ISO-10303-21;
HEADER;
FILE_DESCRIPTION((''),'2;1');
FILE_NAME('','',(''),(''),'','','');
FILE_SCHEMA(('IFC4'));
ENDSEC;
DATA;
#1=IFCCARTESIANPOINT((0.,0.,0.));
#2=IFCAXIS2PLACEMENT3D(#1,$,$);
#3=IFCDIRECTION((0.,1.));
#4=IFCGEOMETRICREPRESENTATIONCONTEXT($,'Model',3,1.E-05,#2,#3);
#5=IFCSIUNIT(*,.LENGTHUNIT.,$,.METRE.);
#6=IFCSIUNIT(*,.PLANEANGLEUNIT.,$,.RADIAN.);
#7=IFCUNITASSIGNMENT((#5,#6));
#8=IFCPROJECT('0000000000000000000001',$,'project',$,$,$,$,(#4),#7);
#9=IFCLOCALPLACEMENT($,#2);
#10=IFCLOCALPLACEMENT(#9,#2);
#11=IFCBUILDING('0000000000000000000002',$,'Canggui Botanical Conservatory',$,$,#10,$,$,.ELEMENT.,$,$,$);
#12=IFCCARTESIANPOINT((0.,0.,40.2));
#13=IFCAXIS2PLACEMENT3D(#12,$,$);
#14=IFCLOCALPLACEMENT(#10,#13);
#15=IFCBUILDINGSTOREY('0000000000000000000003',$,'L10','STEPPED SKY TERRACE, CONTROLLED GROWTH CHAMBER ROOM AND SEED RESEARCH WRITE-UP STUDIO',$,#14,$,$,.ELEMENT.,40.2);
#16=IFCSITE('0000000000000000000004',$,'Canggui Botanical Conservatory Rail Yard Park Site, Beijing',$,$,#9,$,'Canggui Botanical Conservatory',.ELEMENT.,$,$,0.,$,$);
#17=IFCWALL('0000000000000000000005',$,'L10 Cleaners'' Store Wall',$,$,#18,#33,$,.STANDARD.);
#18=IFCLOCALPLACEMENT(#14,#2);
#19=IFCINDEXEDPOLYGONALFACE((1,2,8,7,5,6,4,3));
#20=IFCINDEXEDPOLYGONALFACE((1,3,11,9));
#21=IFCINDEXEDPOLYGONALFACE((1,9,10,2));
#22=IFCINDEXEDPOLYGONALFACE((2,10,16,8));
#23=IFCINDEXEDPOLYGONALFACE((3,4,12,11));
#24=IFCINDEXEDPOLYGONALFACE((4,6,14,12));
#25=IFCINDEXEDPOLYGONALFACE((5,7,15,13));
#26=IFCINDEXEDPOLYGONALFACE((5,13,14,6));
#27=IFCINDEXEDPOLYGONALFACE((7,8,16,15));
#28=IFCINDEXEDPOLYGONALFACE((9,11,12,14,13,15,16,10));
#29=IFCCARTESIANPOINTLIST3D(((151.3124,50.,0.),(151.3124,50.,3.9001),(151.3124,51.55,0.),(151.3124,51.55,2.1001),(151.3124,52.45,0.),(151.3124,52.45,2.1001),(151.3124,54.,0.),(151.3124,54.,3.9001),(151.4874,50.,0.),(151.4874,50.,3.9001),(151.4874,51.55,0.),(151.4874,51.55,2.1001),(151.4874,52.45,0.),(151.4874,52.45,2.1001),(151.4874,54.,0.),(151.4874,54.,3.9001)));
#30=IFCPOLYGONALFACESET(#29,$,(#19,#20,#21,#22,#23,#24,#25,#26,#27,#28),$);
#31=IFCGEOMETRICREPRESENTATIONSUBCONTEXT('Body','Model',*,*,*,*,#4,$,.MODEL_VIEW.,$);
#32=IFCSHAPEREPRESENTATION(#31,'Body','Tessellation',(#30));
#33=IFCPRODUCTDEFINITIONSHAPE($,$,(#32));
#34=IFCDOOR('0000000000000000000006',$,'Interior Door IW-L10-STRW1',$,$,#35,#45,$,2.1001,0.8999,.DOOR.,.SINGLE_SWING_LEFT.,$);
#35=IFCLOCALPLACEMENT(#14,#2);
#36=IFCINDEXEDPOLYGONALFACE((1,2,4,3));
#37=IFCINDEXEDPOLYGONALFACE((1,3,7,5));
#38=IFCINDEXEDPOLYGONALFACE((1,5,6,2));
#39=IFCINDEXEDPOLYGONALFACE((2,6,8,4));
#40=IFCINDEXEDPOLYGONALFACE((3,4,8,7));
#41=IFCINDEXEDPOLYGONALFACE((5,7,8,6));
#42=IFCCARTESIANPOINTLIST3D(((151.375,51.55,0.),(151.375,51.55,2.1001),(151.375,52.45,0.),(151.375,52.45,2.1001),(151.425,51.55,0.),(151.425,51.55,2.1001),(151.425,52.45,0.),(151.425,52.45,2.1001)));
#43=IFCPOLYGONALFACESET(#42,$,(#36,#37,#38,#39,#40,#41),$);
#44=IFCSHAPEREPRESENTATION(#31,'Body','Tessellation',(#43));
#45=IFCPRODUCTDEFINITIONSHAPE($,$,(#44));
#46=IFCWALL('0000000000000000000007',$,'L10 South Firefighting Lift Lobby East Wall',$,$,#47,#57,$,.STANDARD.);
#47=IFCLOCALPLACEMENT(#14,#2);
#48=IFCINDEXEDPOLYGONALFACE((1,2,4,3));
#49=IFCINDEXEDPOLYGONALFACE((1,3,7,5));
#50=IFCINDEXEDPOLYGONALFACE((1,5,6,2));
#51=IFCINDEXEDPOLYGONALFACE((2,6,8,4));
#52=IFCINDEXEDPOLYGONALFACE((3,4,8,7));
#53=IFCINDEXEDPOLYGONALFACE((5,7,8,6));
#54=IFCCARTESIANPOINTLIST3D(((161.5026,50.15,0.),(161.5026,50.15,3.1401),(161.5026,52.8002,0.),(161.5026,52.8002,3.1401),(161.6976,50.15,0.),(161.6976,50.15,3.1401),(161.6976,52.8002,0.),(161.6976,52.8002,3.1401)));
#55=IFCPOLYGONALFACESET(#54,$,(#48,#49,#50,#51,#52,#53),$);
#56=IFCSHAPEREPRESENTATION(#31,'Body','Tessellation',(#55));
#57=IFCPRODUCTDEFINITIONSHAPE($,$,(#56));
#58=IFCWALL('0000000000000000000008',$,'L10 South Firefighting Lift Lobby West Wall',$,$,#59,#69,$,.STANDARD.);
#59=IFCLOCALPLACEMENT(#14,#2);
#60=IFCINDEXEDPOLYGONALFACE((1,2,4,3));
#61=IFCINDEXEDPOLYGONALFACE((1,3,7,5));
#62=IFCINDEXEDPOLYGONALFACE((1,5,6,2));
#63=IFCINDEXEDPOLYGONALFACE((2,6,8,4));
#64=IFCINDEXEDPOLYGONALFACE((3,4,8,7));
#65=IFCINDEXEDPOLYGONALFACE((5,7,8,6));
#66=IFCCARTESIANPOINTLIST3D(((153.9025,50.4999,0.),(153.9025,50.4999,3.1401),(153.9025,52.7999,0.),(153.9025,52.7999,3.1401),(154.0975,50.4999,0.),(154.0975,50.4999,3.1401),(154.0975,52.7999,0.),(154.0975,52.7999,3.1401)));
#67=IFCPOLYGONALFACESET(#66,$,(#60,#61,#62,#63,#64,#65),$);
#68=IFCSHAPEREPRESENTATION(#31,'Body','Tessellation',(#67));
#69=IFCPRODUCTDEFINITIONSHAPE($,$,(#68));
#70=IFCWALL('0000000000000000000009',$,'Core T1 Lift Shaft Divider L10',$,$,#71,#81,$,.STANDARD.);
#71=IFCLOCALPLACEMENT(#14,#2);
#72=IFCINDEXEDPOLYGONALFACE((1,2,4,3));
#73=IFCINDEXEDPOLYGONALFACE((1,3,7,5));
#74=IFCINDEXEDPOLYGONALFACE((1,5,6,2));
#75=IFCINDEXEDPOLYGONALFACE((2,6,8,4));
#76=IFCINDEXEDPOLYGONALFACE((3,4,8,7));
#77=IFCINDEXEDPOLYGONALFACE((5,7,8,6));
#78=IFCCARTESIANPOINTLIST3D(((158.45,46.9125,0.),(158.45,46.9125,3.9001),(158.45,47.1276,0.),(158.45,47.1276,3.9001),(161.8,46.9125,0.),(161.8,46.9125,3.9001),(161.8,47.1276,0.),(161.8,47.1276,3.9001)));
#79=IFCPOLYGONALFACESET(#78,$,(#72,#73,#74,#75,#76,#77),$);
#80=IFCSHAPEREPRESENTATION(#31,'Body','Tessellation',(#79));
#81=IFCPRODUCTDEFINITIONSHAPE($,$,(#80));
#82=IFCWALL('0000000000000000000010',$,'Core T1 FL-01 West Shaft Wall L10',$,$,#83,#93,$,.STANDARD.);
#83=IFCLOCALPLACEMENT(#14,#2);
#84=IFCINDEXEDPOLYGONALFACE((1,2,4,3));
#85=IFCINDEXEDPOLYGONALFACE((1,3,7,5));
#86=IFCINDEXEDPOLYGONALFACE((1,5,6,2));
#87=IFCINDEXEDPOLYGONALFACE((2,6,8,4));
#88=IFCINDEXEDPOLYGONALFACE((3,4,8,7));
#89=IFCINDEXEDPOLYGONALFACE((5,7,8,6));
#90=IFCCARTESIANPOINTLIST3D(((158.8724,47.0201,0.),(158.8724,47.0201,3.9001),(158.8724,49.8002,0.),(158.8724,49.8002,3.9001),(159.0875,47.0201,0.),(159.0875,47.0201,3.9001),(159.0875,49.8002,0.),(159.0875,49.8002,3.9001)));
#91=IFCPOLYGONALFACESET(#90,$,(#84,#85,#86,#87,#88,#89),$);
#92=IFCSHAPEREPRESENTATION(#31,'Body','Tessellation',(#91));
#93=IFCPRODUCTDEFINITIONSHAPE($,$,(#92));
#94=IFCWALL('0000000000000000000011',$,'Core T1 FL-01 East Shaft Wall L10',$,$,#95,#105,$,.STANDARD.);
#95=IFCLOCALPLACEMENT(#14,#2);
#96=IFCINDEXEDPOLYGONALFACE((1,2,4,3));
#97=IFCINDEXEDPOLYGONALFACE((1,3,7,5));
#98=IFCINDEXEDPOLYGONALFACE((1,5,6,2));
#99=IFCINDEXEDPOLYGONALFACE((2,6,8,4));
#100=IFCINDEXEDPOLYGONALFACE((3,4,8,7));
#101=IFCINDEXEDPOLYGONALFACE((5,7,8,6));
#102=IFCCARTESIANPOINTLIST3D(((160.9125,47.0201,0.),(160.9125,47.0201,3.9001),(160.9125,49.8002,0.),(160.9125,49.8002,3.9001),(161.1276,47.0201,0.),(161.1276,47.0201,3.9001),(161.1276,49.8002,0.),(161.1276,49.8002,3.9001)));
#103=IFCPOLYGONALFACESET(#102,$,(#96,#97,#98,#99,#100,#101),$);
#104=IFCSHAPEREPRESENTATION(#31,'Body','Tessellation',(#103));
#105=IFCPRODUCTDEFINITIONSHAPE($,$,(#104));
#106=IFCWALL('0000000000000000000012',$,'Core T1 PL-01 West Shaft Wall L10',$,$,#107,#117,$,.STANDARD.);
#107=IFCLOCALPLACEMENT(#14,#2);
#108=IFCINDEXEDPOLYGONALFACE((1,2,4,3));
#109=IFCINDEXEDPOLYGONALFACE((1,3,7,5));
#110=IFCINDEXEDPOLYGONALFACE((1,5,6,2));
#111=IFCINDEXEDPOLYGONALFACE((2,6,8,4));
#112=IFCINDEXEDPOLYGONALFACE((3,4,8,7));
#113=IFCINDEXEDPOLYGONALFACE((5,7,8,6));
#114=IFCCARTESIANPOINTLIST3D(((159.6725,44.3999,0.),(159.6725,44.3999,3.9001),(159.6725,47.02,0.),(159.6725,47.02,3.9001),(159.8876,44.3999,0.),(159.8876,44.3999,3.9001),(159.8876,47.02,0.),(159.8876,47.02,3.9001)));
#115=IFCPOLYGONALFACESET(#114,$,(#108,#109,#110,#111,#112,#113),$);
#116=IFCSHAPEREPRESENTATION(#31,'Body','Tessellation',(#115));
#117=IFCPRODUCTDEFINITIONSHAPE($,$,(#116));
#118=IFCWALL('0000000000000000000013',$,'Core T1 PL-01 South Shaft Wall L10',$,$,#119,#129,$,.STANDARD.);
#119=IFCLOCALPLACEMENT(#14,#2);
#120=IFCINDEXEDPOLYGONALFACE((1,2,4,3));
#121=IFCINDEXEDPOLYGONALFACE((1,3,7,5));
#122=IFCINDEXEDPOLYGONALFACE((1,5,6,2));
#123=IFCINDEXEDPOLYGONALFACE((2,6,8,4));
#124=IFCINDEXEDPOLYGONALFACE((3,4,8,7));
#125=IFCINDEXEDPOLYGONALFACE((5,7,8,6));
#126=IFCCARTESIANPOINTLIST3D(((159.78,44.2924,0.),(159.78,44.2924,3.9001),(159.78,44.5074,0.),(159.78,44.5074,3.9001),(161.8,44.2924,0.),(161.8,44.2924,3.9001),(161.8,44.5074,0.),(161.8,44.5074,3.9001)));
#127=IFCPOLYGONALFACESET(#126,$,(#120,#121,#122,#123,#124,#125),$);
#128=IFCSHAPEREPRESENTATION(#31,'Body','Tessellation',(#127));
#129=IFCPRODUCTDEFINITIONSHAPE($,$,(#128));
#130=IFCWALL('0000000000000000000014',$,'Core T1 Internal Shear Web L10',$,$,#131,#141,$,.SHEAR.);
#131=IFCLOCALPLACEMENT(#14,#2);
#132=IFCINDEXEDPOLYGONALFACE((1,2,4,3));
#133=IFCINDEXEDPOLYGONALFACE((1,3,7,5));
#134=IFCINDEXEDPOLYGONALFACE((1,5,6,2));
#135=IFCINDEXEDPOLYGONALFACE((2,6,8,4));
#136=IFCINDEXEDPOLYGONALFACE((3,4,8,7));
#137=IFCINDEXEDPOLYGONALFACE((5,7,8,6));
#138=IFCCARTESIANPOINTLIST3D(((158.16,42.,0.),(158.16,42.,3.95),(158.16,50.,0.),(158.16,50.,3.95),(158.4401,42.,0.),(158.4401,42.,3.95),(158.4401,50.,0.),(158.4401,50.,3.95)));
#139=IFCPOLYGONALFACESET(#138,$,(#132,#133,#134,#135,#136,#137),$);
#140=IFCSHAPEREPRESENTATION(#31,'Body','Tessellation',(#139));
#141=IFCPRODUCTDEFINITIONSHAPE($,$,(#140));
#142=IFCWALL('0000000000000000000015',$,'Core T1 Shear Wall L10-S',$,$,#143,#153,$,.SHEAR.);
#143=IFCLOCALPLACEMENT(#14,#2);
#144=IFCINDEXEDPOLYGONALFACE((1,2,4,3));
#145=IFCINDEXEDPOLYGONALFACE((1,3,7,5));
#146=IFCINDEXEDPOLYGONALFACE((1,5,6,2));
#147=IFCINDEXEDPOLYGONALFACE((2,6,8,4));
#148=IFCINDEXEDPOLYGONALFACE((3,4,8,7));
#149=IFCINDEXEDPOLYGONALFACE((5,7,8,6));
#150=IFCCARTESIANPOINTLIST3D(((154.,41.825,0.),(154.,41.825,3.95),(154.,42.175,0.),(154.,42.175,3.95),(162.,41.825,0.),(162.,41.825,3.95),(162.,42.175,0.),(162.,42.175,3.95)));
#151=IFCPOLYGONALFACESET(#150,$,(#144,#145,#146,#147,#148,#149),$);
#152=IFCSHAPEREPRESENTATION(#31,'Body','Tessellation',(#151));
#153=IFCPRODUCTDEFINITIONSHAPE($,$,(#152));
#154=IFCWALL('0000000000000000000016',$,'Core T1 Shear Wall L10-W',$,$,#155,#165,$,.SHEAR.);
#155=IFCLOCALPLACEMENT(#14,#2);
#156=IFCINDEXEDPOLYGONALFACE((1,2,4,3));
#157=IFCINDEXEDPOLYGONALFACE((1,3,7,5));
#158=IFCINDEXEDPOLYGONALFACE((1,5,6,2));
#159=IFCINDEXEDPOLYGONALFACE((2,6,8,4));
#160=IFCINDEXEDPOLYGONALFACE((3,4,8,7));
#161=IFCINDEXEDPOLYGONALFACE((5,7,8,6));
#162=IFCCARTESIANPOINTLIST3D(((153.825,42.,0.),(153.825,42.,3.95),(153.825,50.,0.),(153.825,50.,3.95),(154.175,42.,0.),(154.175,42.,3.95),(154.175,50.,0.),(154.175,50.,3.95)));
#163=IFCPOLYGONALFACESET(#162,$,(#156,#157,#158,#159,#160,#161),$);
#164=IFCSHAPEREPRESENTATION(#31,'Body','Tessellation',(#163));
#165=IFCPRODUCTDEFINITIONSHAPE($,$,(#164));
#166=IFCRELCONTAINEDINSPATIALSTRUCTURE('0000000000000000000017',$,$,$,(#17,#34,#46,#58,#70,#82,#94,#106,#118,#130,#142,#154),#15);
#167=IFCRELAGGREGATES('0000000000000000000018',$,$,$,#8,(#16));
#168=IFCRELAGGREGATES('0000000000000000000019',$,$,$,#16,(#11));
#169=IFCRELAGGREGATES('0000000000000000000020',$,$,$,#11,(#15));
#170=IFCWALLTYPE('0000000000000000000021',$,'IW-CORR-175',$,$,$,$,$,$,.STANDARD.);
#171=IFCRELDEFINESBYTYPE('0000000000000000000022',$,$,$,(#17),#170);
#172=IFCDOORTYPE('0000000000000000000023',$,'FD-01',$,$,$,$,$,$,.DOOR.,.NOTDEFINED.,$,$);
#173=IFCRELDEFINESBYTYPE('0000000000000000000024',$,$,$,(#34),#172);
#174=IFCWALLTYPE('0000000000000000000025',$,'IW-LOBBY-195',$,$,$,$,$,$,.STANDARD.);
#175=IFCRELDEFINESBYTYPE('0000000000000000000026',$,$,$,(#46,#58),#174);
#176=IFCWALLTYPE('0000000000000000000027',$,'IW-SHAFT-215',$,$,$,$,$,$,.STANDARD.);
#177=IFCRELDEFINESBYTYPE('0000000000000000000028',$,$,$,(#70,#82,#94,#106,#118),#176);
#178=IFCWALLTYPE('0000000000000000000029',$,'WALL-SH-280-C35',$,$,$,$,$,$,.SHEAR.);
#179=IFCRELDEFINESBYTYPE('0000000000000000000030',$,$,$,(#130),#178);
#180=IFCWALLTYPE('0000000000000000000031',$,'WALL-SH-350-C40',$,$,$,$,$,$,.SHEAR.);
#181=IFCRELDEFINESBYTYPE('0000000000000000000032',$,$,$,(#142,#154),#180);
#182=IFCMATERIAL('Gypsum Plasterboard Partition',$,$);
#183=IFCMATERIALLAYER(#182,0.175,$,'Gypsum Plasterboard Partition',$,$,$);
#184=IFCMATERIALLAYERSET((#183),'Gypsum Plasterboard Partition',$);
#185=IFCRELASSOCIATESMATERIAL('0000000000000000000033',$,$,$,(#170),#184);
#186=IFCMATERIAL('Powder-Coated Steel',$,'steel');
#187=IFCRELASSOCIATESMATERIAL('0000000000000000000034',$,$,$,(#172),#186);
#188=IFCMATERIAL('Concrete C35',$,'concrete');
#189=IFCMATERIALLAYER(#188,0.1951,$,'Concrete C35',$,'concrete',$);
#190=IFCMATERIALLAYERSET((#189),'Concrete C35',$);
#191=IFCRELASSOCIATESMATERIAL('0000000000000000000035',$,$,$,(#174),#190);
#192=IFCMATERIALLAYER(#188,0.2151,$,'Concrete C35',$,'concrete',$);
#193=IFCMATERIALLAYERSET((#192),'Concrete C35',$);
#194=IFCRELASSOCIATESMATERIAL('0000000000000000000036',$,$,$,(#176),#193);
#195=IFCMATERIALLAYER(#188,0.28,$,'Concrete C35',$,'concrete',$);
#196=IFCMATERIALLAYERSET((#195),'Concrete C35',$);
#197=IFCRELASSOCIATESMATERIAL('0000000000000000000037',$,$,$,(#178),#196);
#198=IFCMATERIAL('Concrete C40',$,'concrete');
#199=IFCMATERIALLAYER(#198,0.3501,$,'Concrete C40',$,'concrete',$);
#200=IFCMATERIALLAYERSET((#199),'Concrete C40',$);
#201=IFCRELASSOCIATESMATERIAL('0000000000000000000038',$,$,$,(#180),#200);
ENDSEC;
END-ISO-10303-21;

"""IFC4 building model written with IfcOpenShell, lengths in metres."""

from ifc_helpers import new_model, si_unit, direction, frame, frame_2d, origin, place, context, subcontext, project, spatial, rectangle, extrude, material, layer, layer_set, type_object, element, fill, save


model = new_model("IFC4")

# Units and contexts
model_context = context("Model", 3, precision=1e-05, world=origin(), true_north=direction((0.0, 1.0)))
body_context = subcontext(model_context, "Body", "Model", "MODEL_VIEW")
ifc_project = project(units=[si_unit("LENGTHUNIT", "METRE"), si_unit("PLANEANGLEUNIT", "RADIAN")], contexts=[model_context])

# Site, building, storey
site_placement = place(None, origin())
site = spatial("IfcSite", under=ifc_project, at=site_placement, Name="Canggui Botanical Conservatory Rail Yard Park Site, Beijing", LongName="Canggui Botanical Conservatory", CompositionType="ELEMENT", RefElevation=0.0)
building_placement = place(site_placement, origin())
building = spatial("IfcBuilding", under=site, at=building_placement, Name="Canggui Botanical Conservatory", CompositionType="ELEMENT")
storey_placement = place(building_placement, frame((0.0, 0.0, 40.2)))
storey = spatial("IfcBuildingStorey", under=building, at=storey_placement, Name="L10", Description="STEPPED SKY TERRACE, CONTROLLED GROWTH CHAMBER ROOM AND SEED RESEARCH WRITE-UP STUDIO", CompositionType="ELEMENT", Elevation=40.2)

# Shared definitions
ifc_material_1 = material(Name="Concrete C40", Category="concrete")

# Shared definitions
ifc_material_2 = material(Name="Concrete C35", Category="concrete")

# Wall, opening, door
ifc_material_3 = material(Name="Gypsum Plasterboard Partition")
ifc_layer_1 = layer(ifc_material_3, 0.175, Name="Gypsum Plasterboard Partition")
ifc_layer_set_1 = layer_set([ifc_layer_1], Name="Gypsum Plasterboard Partition")
wall_type_1 = type_object("IfcWallType", Name="IW-CORR-175", PredefinedType="STANDARD", material=ifc_layer_set_1)
ifc_material_4 = material(Name="Powder-Coated Steel", Category="steel")
wall_1_placement = place(storey_placement, frame((151.3999, 50.0, 0.0), z_axis=(0.0, 0.0, 1.0), x_axis=(0.0, 1.0, 0.0)))
wall_1 = element("IfcWall", 1, at=wall_1_placement, inside=storey, type_object=wall_type_1, Name="L10 Cleaners' Store Wall", PredefinedType="STANDARD", context=body_context, shape_type="SweptSolid", body=[
    extrude(rectangle(XDim=4.0, YDim=0.175, at=frame_2d((2.0, 0.0))), origin(), (0.0, 0.0, 1.0), 3.9001),
])
opening_1_placement = place(wall_1_placement, frame((1.55, 0.0, 0.0)))
opening_1 = element("IfcOpeningElement", 2, at=opening_1_placement, cuts=wall_1, PredefinedType="OPENING", context=body_context, shape_type="SweptSolid", body=[
    extrude(rectangle(XDim=0.8999, YDim=2.1001, at=frame_2d((0.45, 1.05))), frame((0.0, 0.0977, 0.0), z_axis=(0.0, -1.0, 0.0), x_axis=(1.0, 0.0, 0.0)), (0.0, 0.0, 1.0), 0.1951),
])
door_type_1 = type_object("IfcDoorType", Name="FD-01", OperationType="NOTDEFINED", PredefinedType="DOOR", material=ifc_material_4)
door_1_placement = place(opening_1_placement, origin())
door_1 = element("IfcDoor", 3, at=door_1_placement, inside=storey, type_object=door_type_1, Name="Interior Door IW-L10-STRW1", OperationType="SINGLE_SWING_LEFT", OverallHeight=2.1001, OverallWidth=0.8999, PredefinedType="DOOR", context=body_context, shape_type="SweptSolid", body=[
    extrude(rectangle(XDim=0.8999, YDim=2.1001, at=frame_2d((0.45, 1.05))), frame((0.0, 0.0249, 0.0), z_axis=(0.0, -1.0, 0.0), x_axis=(1.0, 0.0, 0.0)), (0.0, 0.0, 1.0), 0.05),
])
fill(opening_1, door_1)

# Walls
ifc_layer_2 = layer(ifc_material_2, 0.1951, Name="Concrete C35", Category="concrete")
ifc_layer_set_2 = layer_set([ifc_layer_2], Name="Concrete C35")
wall_type_2 = type_object("IfcWallType", Name="IW-LOBBY-195", PredefinedType="STANDARD", material=ifc_layer_set_2)
wall_2_placement = place(storey_placement, frame((161.6001, 50.1499, 0.0), z_axis=(0.0, 0.0, 1.0), x_axis=(0.0, 1.0, 0.0)))
element("IfcWall", 4, at=wall_2_placement, inside=storey, type_object=wall_type_2, Name="L10 South Firefighting Lift Lobby East Wall", PredefinedType="STANDARD", context=body_context, shape_type="SweptSolid", body=[
    extrude(rectangle(XDim=2.6501, YDim=0.1951, at=frame_2d((1.3252, 0.0))), origin(), (0.0, 0.0, 1.0), 3.1401),
])
wall_3_placement = place(storey_placement, frame((154.0, 50.5, 0.0), z_axis=(0.0, 0.0, 1.0), x_axis=(0.0, 1.0, 0.0)))
element("IfcWall", 5, at=wall_3_placement, inside=storey, type_object=wall_type_2, Name="L10 South Firefighting Lift Lobby West Wall", PredefinedType="STANDARD", context=body_context, shape_type="SweptSolid", body=[
    extrude(rectangle(XDim=2.3, YDim=0.1951, at=frame_2d((1.1499, 0.0))), origin(), (0.0, 0.0, 1.0), 3.1401),
])
ifc_layer_3 = layer(ifc_material_2, 0.2151, Name="Concrete C35", Category="concrete")
ifc_layer_set_3 = layer_set([ifc_layer_3], Name="Concrete C35")
wall_type_3 = type_object("IfcWallType", Name="IW-SHAFT-215", PredefinedType="STANDARD", material=ifc_layer_set_3)
wall_4_placement = place(storey_placement, frame((158.45, 47.02, 0.0), z_axis=(0.0, 0.0, 1.0), x_axis=(1.0, 0.0, 0.0)))
element("IfcWall", 6, at=wall_4_placement, inside=storey, type_object=wall_type_3, Name="Core T1 Lift Shaft Divider L10", PredefinedType="STANDARD", context=body_context, shape_type="SweptSolid", body=[
    extrude(rectangle(XDim=3.3501, YDim=0.2151, at=frame_2d((1.675, 0.0))), origin(), (0.0, 0.0, 1.0), 3.9001),
])
for number, where, z_axis, x_axis, name in (
    (7, (158.98, 47.02, 0.0), (0.0, 0.0, 1.0), (0.0, 1.0, 0.0), "Core T1 FL-01 West Shaft Wall L10"),
    (8, (161.02, 47.02, 0.0), (0.0, 0.0, 1.0), (0.0, 1.0, 0.0), "Core T1 FL-01 East Shaft Wall L10"),
):
    element("IfcWall", number, at=place(storey_placement, frame(where, z_axis=z_axis, x_axis=x_axis)), inside=storey, type_object=wall_type_3, Name=name, PredefinedType="STANDARD", context=body_context, shape_type="SweptSolid", body=[
        extrude(rectangle(XDim=2.78, YDim=0.2151, at=frame_2d((1.3901, 0.0))), origin(), (0.0, 0.0, 1.0), 3.9001),
    ])
wall_5_placement = place(storey_placement, frame((159.78, 44.3999, 0.0), z_axis=(0.0, 0.0, 1.0), x_axis=(0.0, 1.0, 0.0)))
element("IfcWall", 9, at=wall_5_placement, inside=storey, type_object=wall_type_3, Name="Core T1 PL-01 West Shaft Wall L10", PredefinedType="STANDARD", context=body_context, shape_type="SweptSolid", body=[
    extrude(rectangle(XDim=2.6201, YDim=0.2151, at=frame_2d((1.3101, 0.0))), origin(), (0.0, 0.0, 1.0), 3.9001),
])
wall_6_placement = place(storey_placement, frame((159.78, 44.3999, 0.0), z_axis=(0.0, 0.0, 1.0), x_axis=(1.0, 0.0, 0.0)))
element("IfcWall", 10, at=wall_6_placement, inside=storey, type_object=wall_type_3, Name="Core T1 PL-01 South Shaft Wall L10", PredefinedType="STANDARD", context=body_context, shape_type="SweptSolid", body=[
    extrude(rectangle(XDim=2.02, YDim=0.2151, at=frame_2d((1.01, 0.0))), origin(), (0.0, 0.0, 1.0), 3.9001),
])
ifc_layer_4 = layer(ifc_material_2, 0.28, Name="Concrete C35", Category="concrete")
ifc_layer_set_4 = layer_set([ifc_layer_4], Name="Concrete C35")
wall_type_4 = type_object("IfcWallType", Name="WALL-SH-280-C35", PredefinedType="SHEAR", material=ifc_layer_set_4)
wall_7_placement = place(storey_placement, frame((158.3, 42.0, 0.0), z_axis=(0.0, 0.0, 1.0), x_axis=(0.0, 1.0, 0.0)))
element("IfcWall", 11, at=wall_7_placement, inside=storey, type_object=wall_type_4, Name="Core T1 Internal Shear Web L10", PredefinedType="SHEAR", context=body_context, shape_type="SweptSolid", body=[
    extrude(rectangle(XDim=8.0, YDim=0.28, at=frame_2d((4.0, 0.0))), origin(), (0.0, 0.0, 1.0), 3.95),
])
ifc_layer_5 = layer(ifc_material_1, 0.3501, Name="Concrete C40", Category="concrete")
ifc_layer_set_5 = layer_set([ifc_layer_5], Name="Concrete C40")
wall_type_5 = type_object("IfcWallType", Name="WALL-SH-350-C40", PredefinedType="SHEAR", material=ifc_layer_set_5)
for number, where, z_axis, x_axis, name in (
    (12, (154.0, 42.0, 0.0), (0.0, 0.0, 1.0), (1.0, 0.0, 0.0), "Core T1 Shear Wall L10-S"),
    (13, (154.0, 50.0, 0.0), (0.0, 0.0, 1.0), (0.0, -1.0, 0.0), "Core T1 Shear Wall L10-W"),
):
    element("IfcWall", number, at=place(storey_placement, frame(where, z_axis=z_axis, x_axis=x_axis)), inside=storey, type_object=wall_type_5, Name=name, PredefinedType="SHEAR", context=body_context, shape_type="SweptSolid", body=[
        extrude(rectangle(XDim=8.0, YDim=0.3501, at=frame_2d((4.0, 0.0))), origin(), (0.0, 0.0, 1.0), 3.95),
    ])

save(model, "model.ifc")
